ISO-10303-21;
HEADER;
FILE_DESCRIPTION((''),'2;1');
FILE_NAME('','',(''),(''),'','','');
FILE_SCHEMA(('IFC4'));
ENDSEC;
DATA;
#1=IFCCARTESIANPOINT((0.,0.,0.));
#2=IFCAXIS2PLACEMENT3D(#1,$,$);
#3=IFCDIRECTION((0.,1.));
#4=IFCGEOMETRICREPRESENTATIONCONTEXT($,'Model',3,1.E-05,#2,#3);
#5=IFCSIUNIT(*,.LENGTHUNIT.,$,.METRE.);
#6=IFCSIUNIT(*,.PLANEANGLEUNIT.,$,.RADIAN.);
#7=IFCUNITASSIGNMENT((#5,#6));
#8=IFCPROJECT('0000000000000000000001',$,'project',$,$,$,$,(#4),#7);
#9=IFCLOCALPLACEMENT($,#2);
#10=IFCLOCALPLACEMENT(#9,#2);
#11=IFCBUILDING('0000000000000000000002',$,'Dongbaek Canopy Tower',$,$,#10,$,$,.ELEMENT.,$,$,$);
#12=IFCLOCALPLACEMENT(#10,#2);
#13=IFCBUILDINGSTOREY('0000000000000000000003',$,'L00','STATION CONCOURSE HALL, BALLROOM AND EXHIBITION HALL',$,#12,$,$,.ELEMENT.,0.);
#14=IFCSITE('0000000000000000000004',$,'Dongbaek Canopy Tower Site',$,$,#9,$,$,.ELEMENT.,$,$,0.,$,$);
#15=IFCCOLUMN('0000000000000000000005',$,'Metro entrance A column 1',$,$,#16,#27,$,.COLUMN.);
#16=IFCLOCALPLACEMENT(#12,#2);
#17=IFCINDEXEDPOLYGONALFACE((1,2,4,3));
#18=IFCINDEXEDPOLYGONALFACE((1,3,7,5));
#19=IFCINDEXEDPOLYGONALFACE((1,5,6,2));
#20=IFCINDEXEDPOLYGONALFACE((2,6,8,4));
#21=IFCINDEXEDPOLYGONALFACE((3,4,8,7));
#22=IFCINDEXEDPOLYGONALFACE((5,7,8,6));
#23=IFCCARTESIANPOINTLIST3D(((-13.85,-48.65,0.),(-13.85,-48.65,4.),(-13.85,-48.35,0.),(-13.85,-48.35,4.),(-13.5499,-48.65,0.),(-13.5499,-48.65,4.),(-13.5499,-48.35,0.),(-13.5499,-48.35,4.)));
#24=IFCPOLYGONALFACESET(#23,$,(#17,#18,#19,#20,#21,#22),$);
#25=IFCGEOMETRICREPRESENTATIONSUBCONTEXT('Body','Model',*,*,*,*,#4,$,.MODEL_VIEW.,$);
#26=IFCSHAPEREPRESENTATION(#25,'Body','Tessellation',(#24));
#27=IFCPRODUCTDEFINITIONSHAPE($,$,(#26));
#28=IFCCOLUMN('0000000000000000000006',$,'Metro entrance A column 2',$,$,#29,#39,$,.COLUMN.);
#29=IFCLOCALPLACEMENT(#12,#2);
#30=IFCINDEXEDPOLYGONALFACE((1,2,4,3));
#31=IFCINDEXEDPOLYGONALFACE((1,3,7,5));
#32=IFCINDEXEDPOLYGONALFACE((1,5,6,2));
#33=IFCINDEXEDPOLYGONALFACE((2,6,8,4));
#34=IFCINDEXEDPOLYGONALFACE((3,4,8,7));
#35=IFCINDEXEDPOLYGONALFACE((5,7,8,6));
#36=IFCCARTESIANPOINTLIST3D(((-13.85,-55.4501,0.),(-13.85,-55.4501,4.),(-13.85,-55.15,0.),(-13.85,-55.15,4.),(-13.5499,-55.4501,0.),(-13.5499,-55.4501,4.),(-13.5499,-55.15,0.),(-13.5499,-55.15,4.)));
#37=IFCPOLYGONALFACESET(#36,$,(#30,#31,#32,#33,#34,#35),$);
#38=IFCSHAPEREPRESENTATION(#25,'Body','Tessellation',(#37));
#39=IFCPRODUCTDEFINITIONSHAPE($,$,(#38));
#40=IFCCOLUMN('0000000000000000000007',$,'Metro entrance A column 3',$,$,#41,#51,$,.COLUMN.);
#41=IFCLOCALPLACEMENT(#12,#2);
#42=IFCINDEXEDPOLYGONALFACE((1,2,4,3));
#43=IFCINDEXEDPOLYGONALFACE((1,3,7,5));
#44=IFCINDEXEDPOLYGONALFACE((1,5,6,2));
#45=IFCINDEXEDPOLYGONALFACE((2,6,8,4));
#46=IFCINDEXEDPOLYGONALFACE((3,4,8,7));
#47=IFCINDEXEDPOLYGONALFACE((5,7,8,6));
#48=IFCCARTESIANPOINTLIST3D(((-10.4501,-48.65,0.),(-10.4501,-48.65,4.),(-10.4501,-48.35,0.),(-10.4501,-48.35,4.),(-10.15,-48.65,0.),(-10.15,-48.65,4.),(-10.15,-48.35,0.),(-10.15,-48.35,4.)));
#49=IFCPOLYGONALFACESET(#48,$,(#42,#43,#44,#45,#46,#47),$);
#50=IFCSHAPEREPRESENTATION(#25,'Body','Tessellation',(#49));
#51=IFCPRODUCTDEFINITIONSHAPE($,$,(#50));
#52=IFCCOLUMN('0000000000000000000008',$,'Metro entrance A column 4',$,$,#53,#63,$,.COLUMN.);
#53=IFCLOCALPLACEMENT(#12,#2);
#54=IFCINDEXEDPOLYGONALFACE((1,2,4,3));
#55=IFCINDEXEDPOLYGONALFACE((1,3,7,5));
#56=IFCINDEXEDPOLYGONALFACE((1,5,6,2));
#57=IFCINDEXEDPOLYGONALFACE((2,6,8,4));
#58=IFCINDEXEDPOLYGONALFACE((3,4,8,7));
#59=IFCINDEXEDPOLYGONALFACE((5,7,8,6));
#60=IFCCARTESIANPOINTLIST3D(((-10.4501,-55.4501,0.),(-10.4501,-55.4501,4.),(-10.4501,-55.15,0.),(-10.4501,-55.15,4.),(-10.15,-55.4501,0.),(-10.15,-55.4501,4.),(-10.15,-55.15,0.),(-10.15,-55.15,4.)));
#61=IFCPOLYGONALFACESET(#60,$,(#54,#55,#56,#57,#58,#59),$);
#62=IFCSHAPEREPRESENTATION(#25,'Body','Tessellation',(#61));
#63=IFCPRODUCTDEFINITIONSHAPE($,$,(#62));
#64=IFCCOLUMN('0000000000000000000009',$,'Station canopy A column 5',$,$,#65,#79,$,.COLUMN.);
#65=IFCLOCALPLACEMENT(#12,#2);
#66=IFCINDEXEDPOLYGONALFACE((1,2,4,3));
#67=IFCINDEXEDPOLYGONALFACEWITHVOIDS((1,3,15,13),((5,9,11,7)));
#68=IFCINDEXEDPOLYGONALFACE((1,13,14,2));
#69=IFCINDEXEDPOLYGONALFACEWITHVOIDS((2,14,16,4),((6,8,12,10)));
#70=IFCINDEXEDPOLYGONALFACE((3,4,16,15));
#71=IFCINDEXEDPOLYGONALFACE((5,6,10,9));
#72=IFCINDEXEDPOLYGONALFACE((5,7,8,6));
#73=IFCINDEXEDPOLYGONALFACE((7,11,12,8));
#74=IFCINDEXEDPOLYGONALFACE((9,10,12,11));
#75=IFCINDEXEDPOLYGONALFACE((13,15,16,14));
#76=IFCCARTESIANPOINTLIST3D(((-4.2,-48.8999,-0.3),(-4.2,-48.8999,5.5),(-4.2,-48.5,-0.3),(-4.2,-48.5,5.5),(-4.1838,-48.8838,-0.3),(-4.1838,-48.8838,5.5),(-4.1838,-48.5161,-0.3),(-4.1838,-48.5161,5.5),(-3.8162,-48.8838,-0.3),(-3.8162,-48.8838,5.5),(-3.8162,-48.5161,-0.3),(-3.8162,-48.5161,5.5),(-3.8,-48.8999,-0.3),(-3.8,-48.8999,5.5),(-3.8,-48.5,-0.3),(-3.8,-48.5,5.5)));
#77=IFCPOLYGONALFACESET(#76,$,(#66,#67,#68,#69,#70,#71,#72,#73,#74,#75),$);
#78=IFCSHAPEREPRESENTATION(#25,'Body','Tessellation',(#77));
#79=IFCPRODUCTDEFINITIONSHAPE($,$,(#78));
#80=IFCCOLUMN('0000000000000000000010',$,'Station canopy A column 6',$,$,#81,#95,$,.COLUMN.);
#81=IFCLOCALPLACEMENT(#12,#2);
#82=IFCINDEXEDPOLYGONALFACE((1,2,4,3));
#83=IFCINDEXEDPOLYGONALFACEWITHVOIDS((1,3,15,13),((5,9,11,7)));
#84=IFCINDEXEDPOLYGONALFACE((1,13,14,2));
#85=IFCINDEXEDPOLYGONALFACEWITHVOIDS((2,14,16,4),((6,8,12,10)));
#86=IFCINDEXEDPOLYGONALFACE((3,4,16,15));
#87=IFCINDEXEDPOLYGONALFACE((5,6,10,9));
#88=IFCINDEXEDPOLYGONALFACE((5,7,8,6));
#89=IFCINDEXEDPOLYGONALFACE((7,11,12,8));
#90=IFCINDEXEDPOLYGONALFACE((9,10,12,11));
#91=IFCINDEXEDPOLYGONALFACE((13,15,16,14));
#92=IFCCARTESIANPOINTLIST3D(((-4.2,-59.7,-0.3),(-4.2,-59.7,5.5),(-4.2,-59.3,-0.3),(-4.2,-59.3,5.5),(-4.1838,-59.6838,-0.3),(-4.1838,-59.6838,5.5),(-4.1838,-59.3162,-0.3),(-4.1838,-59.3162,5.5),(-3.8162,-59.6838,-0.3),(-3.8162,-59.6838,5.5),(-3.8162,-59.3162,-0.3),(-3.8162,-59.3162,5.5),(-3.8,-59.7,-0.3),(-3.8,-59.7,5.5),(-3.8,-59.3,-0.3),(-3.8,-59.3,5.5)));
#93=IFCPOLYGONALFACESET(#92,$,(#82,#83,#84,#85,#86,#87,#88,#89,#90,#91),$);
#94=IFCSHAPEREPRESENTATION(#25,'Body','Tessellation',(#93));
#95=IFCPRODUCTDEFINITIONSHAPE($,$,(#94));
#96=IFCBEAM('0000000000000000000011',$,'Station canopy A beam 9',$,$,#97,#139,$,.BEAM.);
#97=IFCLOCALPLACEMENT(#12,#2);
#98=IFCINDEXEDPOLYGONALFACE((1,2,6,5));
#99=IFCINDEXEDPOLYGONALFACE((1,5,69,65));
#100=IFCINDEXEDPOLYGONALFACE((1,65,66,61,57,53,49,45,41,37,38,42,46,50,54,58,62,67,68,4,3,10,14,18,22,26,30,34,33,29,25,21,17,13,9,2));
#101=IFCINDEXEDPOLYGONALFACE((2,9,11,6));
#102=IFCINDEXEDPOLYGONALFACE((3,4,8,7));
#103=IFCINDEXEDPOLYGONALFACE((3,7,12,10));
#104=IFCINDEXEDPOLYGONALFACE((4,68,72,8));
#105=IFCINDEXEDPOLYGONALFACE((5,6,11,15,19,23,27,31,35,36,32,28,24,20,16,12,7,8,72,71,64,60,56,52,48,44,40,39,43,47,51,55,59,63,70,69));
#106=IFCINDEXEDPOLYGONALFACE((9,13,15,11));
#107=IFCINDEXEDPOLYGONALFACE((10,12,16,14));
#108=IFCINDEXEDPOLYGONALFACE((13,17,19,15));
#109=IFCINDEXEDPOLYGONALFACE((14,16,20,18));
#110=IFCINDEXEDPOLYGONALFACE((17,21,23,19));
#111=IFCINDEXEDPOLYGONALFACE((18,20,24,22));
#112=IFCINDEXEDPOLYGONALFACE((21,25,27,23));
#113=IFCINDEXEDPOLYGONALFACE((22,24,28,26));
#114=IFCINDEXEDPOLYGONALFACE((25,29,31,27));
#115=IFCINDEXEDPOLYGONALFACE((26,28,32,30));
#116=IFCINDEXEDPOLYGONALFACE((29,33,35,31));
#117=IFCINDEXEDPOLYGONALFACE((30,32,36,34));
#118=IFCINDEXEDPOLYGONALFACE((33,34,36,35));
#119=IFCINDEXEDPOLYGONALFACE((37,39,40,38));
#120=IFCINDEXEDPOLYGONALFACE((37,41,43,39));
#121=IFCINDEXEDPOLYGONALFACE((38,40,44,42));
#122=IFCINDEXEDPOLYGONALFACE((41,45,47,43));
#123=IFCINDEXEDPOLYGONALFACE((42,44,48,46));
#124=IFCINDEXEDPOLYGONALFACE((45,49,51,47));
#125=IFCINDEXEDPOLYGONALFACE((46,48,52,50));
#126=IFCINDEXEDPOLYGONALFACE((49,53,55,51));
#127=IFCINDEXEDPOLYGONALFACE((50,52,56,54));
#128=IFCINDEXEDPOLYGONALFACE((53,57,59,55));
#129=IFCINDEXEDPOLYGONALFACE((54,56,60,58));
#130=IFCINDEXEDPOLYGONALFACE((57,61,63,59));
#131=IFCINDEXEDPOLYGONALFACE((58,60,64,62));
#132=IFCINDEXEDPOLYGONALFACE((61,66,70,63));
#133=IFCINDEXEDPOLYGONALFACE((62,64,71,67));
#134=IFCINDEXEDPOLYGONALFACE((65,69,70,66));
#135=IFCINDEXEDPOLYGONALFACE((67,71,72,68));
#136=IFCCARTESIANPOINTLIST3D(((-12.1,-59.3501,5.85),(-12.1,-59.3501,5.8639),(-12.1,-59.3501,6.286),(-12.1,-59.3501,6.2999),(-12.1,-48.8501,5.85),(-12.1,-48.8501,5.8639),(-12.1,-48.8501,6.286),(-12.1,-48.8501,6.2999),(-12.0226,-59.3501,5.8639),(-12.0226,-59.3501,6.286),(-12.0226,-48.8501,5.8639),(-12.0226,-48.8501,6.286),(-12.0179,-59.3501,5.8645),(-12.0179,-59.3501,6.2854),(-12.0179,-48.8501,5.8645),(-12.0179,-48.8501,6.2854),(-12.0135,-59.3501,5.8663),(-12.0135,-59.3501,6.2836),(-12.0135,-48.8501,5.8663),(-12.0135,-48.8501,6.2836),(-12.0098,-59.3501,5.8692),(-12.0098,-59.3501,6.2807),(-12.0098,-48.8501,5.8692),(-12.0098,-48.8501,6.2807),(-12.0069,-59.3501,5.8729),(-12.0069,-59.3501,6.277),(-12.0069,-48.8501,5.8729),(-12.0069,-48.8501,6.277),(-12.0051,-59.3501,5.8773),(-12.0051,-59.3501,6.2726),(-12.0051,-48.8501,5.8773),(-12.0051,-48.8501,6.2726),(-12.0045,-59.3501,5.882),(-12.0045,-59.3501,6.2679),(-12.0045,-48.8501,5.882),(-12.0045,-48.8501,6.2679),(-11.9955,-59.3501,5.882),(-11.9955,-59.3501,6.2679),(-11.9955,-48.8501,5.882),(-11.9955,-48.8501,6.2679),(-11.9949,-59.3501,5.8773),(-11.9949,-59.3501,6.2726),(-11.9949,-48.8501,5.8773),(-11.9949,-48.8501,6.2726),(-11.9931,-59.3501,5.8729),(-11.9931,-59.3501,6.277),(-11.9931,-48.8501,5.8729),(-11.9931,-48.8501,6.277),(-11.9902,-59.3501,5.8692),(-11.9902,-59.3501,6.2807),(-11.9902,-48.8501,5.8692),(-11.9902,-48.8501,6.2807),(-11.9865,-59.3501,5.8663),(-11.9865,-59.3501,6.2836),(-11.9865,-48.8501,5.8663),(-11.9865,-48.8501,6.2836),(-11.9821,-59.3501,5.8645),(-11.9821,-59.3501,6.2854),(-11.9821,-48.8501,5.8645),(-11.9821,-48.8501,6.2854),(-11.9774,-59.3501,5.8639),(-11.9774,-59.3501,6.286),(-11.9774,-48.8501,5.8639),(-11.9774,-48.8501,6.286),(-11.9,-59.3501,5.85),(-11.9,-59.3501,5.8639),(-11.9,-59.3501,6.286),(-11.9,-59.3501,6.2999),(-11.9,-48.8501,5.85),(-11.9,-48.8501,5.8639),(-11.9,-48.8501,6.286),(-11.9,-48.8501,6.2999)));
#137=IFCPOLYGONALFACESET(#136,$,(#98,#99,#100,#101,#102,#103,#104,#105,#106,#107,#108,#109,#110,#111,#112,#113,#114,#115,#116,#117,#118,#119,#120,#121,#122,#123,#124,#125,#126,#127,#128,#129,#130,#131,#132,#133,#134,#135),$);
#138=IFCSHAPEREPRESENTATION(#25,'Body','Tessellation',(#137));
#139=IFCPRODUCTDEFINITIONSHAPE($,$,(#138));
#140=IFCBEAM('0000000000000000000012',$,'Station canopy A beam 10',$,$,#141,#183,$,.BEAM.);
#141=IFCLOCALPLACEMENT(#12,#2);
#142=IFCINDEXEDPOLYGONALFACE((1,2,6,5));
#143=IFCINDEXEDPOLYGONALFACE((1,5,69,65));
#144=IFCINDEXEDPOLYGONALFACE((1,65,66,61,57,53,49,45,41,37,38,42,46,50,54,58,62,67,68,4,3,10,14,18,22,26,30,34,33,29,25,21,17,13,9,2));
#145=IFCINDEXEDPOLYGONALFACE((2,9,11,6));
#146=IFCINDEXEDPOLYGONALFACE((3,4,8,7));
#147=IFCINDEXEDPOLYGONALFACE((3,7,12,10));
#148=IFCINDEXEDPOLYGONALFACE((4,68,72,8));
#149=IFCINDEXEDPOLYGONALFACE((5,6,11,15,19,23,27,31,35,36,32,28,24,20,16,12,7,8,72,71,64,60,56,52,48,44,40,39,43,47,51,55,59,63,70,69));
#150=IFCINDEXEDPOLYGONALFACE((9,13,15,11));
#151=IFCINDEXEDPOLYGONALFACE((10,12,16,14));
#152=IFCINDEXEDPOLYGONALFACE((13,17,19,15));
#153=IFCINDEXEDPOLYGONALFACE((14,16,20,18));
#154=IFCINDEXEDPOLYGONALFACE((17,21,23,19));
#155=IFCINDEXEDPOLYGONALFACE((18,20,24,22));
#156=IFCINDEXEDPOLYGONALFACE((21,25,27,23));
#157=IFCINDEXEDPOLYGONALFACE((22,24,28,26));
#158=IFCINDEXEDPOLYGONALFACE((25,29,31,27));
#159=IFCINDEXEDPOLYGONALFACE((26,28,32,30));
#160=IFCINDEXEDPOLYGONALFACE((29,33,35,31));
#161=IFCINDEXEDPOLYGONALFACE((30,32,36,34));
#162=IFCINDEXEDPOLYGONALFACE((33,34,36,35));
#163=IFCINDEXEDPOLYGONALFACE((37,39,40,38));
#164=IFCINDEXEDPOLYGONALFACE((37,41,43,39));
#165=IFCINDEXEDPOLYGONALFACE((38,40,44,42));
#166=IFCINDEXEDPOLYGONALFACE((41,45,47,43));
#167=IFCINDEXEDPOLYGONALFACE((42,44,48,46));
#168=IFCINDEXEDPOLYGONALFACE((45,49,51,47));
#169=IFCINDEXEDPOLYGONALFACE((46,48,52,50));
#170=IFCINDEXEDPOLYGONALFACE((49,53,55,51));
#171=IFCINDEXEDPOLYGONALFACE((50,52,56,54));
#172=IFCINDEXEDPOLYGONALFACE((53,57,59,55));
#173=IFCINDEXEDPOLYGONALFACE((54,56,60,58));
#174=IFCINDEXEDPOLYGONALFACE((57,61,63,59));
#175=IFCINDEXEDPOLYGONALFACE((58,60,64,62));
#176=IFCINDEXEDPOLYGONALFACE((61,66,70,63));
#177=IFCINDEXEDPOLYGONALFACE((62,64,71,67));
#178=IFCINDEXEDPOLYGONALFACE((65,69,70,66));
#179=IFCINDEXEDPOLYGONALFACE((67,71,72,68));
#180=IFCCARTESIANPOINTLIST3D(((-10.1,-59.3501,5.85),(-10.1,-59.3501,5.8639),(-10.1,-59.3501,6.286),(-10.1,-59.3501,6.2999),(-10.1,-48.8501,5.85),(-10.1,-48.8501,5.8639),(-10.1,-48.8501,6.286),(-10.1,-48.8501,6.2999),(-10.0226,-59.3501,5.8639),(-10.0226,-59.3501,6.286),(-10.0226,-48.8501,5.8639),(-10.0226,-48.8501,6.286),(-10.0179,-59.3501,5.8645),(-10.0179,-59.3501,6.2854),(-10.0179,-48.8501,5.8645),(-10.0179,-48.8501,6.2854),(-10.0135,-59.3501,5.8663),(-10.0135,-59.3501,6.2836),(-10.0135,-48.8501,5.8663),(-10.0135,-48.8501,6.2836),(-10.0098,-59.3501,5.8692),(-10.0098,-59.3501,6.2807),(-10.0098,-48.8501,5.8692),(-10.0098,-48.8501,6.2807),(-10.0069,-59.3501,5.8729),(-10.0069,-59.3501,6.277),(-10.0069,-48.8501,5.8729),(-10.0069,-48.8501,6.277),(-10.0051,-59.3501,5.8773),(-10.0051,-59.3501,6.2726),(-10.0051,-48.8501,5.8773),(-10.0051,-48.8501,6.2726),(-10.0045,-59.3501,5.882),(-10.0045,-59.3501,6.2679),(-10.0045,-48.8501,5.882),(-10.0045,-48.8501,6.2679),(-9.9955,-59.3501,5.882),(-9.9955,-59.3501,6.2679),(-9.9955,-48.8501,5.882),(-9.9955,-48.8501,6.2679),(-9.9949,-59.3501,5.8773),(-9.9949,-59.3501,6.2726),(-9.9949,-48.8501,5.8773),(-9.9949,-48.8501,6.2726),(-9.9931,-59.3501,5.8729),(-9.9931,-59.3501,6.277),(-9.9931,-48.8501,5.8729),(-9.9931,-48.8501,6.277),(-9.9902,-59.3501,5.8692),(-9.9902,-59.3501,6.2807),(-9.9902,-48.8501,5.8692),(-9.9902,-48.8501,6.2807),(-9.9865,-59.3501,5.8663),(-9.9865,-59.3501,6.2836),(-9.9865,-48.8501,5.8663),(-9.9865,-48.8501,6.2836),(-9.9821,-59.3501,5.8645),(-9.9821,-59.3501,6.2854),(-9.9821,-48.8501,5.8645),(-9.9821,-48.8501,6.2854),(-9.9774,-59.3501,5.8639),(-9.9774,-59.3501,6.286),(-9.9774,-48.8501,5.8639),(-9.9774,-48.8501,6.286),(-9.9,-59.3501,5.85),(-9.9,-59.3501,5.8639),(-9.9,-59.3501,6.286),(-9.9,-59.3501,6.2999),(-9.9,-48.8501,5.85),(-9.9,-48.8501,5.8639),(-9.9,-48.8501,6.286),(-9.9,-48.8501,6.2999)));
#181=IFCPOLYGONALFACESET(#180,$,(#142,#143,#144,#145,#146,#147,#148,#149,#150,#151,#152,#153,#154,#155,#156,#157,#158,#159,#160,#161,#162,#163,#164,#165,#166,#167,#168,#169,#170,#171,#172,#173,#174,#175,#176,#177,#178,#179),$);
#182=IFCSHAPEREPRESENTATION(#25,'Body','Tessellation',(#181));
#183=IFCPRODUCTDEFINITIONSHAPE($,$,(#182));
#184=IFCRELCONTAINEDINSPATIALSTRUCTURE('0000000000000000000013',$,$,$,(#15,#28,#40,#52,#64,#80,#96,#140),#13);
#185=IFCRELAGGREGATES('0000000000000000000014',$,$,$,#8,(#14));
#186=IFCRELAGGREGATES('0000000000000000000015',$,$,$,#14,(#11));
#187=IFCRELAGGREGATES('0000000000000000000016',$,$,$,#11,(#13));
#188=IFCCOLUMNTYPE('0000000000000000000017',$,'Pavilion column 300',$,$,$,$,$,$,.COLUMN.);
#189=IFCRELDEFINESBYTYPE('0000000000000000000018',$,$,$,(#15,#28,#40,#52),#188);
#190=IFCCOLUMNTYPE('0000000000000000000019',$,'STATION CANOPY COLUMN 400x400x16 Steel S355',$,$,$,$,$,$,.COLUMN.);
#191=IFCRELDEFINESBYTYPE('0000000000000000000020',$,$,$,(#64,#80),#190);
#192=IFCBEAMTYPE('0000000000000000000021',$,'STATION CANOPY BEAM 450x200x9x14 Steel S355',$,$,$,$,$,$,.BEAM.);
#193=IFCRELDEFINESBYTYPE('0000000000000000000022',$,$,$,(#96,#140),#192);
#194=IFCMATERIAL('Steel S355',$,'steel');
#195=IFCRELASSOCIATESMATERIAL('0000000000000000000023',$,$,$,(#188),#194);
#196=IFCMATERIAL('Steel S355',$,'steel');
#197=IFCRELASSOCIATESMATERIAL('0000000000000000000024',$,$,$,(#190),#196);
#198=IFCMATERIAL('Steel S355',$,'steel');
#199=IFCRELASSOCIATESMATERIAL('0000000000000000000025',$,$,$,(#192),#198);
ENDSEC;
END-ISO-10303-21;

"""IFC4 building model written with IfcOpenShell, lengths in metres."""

from ifc_helpers import new_model, si_unit, direction, frame, origin, origin_2d, place, context, subcontext, project, spatial, rectangle, hollow_rectangle, i_section, extrude, material, material_profile, profile_set, type_object, element, save


model = new_model("IFC4")

# Units and contexts
model_context = context("Model", 3, precision=1e-05, world=origin(), true_north=direction((0.0, 1.0)))
body_context = subcontext(model_context, "Body", "Model", "MODEL_VIEW")
ifc_project = project(units=[si_unit("LENGTHUNIT", "METRE"), si_unit("PLANEANGLEUNIT", "RADIAN")], contexts=[model_context])

# Site, building, storey
site_placement = place(None, origin())
site = spatial("IfcSite", under=ifc_project, at=site_placement, Name="Dongbaek Canopy Tower Site", CompositionType="ELEMENT", RefElevation=0.0)
building_placement = place(site_placement, origin())
building = spatial("IfcBuilding", under=site, at=building_placement, Name="Dongbaek Canopy Tower", CompositionType="ELEMENT")
storey_placement = place(building_placement, origin())
storey = spatial("IfcBuildingStorey", under=building, at=storey_placement, Name="L00", Description="STATION CONCOURSE HALL, BALLROOM AND EXHIBITION HALL", CompositionType="ELEMENT", Elevation=0.0)

# Columns
ifc_material_1 = material(Name="Steel S355", Category="steel")
ifc_material_profile_1 = material_profile(ifc_material_1, rectangle(XDim=0.3, YDim=0.3, at=origin_2d()), Name="Pavilion column 300")
ifc_profile_set_1 = profile_set([ifc_material_profile_1], Name="Steel S355")
column_type_1 = type_object("IfcColumnType", Name="Pavilion column 300", PredefinedType="COLUMN", material=ifc_profile_set_1)
for number, where, z_axis, x_axis, name in (
    (1, (-13.7, -48.5, 0.0), (0.0, 0.0, 1.0), (1.0, 0.0, 0.0), "Metro entrance A column 1"),
    (2, (-13.7, -55.3, 0.0), (0.0, 0.0, 1.0), (1.0, 0.0, 0.0), "Metro entrance A column 2"),
    (3, (-10.3, -48.5, 0.0), (0.0, 0.0, 1.0), (1.0, 0.0, 0.0), "Metro entrance A column 3"),
    (4, (-10.3, -55.3, 0.0), (0.0, 0.0, 1.0), (1.0, 0.0, 0.0), "Metro entrance A column 4"),
):
    element("IfcColumn", number, at=place(storey_placement, frame(where, z_axis=z_axis, x_axis=x_axis)), inside=storey, type_object=column_type_1, Name=name, PredefinedType="COLUMN", context=body_context, shape_type="SweptSolid", body=[
        extrude(rectangle(XDim=0.3, YDim=0.3, at=origin_2d()), origin(), (0.0, 0.0, 1.0), 4.0),
    ])
ifc_material_2 = material(Name="Steel S355", Category="steel")
ifc_material_profile_2 = material_profile(ifc_material_2, hollow_rectangle(XDim=0.3999, YDim=0.3999, WallThickness=0.0161, at=origin_2d()), Name="STATION CANOPY COLUMN 400x400x16 Steel S355")
ifc_profile_set_2 = profile_set([ifc_material_profile_2], Name="Steel S355")
column_type_2 = type_object("IfcColumnType", Name="STATION CANOPY COLUMN 400x400x16 Steel S355", PredefinedType="COLUMN", material=ifc_profile_set_2)
for number, where, z_axis, x_axis, name in (
    (5, (-4.0, -48.7, -0.3), (0.0, 0.0, 1.0), (1.0, 0.0, 0.0), "Station canopy A column 5"),
    (6, (-4.0, -59.5, -0.3), (0.0, 0.0, 1.0), (1.0, 0.0, 0.0), "Station canopy A column 6"),
):
    element("IfcColumn", number, at=place(storey_placement, frame(where, z_axis=z_axis, x_axis=x_axis)), inside=storey, type_object=column_type_2, Name=name, PredefinedType="COLUMN", context=body_context, shape_type="SweptSolid", body=[
        extrude(hollow_rectangle(XDim=0.3999, YDim=0.3999, WallThickness=0.0161, at=origin_2d()), origin(), (0.0, 0.0, 1.0), 5.8),
    ])

# Beams
ifc_material_3 = material(Name="Steel S355", Category="steel")
ifc_material_profile_3 = material_profile(ifc_material_3, i_section(OverallWidth=0.2, OverallDepth=0.45, WebThickness=0.009, FlangeThickness=0.0139, FilletRadius=0.0181, at=origin_2d()), Name="STATION CANOPY BEAM 450x200x9x14 Steel S355")
ifc_profile_set_3 = profile_set([ifc_material_profile_3], Name="Steel S355")
beam_type_1 = type_object("IfcBeamType", Name="STATION CANOPY BEAM 450x200x9x14 Steel S355", PredefinedType="BEAM", material=ifc_profile_set_3)
for number, where, z_axis, x_axis, name in (
    (7, (-12.0, -59.3501, 6.075), (0.0, 1.0, 0.0), (-1.0, 0.0, 0.0), "Station canopy A beam 9"),
    (8, (-10.0, -59.3501, 6.075), (0.0, 1.0, 0.0), (-1.0, 0.0, 0.0), "Station canopy A beam 10"),
):
    element("IfcBeam", number, at=place(storey_placement, frame(where, z_axis=z_axis, x_axis=x_axis)), inside=storey, type_object=beam_type_1, Name=name, PredefinedType="BEAM", context=body_context, shape_type="SweptSolid", body=[
        extrude(i_section(OverallWidth=0.2, OverallDepth=0.45, WebThickness=0.009, FlangeThickness=0.0139, FilletRadius=0.0181, at=origin_2d()), origin(), (0.0, 0.0, 1.0), 10.5),
    ])

save(model, "model.ifc")
